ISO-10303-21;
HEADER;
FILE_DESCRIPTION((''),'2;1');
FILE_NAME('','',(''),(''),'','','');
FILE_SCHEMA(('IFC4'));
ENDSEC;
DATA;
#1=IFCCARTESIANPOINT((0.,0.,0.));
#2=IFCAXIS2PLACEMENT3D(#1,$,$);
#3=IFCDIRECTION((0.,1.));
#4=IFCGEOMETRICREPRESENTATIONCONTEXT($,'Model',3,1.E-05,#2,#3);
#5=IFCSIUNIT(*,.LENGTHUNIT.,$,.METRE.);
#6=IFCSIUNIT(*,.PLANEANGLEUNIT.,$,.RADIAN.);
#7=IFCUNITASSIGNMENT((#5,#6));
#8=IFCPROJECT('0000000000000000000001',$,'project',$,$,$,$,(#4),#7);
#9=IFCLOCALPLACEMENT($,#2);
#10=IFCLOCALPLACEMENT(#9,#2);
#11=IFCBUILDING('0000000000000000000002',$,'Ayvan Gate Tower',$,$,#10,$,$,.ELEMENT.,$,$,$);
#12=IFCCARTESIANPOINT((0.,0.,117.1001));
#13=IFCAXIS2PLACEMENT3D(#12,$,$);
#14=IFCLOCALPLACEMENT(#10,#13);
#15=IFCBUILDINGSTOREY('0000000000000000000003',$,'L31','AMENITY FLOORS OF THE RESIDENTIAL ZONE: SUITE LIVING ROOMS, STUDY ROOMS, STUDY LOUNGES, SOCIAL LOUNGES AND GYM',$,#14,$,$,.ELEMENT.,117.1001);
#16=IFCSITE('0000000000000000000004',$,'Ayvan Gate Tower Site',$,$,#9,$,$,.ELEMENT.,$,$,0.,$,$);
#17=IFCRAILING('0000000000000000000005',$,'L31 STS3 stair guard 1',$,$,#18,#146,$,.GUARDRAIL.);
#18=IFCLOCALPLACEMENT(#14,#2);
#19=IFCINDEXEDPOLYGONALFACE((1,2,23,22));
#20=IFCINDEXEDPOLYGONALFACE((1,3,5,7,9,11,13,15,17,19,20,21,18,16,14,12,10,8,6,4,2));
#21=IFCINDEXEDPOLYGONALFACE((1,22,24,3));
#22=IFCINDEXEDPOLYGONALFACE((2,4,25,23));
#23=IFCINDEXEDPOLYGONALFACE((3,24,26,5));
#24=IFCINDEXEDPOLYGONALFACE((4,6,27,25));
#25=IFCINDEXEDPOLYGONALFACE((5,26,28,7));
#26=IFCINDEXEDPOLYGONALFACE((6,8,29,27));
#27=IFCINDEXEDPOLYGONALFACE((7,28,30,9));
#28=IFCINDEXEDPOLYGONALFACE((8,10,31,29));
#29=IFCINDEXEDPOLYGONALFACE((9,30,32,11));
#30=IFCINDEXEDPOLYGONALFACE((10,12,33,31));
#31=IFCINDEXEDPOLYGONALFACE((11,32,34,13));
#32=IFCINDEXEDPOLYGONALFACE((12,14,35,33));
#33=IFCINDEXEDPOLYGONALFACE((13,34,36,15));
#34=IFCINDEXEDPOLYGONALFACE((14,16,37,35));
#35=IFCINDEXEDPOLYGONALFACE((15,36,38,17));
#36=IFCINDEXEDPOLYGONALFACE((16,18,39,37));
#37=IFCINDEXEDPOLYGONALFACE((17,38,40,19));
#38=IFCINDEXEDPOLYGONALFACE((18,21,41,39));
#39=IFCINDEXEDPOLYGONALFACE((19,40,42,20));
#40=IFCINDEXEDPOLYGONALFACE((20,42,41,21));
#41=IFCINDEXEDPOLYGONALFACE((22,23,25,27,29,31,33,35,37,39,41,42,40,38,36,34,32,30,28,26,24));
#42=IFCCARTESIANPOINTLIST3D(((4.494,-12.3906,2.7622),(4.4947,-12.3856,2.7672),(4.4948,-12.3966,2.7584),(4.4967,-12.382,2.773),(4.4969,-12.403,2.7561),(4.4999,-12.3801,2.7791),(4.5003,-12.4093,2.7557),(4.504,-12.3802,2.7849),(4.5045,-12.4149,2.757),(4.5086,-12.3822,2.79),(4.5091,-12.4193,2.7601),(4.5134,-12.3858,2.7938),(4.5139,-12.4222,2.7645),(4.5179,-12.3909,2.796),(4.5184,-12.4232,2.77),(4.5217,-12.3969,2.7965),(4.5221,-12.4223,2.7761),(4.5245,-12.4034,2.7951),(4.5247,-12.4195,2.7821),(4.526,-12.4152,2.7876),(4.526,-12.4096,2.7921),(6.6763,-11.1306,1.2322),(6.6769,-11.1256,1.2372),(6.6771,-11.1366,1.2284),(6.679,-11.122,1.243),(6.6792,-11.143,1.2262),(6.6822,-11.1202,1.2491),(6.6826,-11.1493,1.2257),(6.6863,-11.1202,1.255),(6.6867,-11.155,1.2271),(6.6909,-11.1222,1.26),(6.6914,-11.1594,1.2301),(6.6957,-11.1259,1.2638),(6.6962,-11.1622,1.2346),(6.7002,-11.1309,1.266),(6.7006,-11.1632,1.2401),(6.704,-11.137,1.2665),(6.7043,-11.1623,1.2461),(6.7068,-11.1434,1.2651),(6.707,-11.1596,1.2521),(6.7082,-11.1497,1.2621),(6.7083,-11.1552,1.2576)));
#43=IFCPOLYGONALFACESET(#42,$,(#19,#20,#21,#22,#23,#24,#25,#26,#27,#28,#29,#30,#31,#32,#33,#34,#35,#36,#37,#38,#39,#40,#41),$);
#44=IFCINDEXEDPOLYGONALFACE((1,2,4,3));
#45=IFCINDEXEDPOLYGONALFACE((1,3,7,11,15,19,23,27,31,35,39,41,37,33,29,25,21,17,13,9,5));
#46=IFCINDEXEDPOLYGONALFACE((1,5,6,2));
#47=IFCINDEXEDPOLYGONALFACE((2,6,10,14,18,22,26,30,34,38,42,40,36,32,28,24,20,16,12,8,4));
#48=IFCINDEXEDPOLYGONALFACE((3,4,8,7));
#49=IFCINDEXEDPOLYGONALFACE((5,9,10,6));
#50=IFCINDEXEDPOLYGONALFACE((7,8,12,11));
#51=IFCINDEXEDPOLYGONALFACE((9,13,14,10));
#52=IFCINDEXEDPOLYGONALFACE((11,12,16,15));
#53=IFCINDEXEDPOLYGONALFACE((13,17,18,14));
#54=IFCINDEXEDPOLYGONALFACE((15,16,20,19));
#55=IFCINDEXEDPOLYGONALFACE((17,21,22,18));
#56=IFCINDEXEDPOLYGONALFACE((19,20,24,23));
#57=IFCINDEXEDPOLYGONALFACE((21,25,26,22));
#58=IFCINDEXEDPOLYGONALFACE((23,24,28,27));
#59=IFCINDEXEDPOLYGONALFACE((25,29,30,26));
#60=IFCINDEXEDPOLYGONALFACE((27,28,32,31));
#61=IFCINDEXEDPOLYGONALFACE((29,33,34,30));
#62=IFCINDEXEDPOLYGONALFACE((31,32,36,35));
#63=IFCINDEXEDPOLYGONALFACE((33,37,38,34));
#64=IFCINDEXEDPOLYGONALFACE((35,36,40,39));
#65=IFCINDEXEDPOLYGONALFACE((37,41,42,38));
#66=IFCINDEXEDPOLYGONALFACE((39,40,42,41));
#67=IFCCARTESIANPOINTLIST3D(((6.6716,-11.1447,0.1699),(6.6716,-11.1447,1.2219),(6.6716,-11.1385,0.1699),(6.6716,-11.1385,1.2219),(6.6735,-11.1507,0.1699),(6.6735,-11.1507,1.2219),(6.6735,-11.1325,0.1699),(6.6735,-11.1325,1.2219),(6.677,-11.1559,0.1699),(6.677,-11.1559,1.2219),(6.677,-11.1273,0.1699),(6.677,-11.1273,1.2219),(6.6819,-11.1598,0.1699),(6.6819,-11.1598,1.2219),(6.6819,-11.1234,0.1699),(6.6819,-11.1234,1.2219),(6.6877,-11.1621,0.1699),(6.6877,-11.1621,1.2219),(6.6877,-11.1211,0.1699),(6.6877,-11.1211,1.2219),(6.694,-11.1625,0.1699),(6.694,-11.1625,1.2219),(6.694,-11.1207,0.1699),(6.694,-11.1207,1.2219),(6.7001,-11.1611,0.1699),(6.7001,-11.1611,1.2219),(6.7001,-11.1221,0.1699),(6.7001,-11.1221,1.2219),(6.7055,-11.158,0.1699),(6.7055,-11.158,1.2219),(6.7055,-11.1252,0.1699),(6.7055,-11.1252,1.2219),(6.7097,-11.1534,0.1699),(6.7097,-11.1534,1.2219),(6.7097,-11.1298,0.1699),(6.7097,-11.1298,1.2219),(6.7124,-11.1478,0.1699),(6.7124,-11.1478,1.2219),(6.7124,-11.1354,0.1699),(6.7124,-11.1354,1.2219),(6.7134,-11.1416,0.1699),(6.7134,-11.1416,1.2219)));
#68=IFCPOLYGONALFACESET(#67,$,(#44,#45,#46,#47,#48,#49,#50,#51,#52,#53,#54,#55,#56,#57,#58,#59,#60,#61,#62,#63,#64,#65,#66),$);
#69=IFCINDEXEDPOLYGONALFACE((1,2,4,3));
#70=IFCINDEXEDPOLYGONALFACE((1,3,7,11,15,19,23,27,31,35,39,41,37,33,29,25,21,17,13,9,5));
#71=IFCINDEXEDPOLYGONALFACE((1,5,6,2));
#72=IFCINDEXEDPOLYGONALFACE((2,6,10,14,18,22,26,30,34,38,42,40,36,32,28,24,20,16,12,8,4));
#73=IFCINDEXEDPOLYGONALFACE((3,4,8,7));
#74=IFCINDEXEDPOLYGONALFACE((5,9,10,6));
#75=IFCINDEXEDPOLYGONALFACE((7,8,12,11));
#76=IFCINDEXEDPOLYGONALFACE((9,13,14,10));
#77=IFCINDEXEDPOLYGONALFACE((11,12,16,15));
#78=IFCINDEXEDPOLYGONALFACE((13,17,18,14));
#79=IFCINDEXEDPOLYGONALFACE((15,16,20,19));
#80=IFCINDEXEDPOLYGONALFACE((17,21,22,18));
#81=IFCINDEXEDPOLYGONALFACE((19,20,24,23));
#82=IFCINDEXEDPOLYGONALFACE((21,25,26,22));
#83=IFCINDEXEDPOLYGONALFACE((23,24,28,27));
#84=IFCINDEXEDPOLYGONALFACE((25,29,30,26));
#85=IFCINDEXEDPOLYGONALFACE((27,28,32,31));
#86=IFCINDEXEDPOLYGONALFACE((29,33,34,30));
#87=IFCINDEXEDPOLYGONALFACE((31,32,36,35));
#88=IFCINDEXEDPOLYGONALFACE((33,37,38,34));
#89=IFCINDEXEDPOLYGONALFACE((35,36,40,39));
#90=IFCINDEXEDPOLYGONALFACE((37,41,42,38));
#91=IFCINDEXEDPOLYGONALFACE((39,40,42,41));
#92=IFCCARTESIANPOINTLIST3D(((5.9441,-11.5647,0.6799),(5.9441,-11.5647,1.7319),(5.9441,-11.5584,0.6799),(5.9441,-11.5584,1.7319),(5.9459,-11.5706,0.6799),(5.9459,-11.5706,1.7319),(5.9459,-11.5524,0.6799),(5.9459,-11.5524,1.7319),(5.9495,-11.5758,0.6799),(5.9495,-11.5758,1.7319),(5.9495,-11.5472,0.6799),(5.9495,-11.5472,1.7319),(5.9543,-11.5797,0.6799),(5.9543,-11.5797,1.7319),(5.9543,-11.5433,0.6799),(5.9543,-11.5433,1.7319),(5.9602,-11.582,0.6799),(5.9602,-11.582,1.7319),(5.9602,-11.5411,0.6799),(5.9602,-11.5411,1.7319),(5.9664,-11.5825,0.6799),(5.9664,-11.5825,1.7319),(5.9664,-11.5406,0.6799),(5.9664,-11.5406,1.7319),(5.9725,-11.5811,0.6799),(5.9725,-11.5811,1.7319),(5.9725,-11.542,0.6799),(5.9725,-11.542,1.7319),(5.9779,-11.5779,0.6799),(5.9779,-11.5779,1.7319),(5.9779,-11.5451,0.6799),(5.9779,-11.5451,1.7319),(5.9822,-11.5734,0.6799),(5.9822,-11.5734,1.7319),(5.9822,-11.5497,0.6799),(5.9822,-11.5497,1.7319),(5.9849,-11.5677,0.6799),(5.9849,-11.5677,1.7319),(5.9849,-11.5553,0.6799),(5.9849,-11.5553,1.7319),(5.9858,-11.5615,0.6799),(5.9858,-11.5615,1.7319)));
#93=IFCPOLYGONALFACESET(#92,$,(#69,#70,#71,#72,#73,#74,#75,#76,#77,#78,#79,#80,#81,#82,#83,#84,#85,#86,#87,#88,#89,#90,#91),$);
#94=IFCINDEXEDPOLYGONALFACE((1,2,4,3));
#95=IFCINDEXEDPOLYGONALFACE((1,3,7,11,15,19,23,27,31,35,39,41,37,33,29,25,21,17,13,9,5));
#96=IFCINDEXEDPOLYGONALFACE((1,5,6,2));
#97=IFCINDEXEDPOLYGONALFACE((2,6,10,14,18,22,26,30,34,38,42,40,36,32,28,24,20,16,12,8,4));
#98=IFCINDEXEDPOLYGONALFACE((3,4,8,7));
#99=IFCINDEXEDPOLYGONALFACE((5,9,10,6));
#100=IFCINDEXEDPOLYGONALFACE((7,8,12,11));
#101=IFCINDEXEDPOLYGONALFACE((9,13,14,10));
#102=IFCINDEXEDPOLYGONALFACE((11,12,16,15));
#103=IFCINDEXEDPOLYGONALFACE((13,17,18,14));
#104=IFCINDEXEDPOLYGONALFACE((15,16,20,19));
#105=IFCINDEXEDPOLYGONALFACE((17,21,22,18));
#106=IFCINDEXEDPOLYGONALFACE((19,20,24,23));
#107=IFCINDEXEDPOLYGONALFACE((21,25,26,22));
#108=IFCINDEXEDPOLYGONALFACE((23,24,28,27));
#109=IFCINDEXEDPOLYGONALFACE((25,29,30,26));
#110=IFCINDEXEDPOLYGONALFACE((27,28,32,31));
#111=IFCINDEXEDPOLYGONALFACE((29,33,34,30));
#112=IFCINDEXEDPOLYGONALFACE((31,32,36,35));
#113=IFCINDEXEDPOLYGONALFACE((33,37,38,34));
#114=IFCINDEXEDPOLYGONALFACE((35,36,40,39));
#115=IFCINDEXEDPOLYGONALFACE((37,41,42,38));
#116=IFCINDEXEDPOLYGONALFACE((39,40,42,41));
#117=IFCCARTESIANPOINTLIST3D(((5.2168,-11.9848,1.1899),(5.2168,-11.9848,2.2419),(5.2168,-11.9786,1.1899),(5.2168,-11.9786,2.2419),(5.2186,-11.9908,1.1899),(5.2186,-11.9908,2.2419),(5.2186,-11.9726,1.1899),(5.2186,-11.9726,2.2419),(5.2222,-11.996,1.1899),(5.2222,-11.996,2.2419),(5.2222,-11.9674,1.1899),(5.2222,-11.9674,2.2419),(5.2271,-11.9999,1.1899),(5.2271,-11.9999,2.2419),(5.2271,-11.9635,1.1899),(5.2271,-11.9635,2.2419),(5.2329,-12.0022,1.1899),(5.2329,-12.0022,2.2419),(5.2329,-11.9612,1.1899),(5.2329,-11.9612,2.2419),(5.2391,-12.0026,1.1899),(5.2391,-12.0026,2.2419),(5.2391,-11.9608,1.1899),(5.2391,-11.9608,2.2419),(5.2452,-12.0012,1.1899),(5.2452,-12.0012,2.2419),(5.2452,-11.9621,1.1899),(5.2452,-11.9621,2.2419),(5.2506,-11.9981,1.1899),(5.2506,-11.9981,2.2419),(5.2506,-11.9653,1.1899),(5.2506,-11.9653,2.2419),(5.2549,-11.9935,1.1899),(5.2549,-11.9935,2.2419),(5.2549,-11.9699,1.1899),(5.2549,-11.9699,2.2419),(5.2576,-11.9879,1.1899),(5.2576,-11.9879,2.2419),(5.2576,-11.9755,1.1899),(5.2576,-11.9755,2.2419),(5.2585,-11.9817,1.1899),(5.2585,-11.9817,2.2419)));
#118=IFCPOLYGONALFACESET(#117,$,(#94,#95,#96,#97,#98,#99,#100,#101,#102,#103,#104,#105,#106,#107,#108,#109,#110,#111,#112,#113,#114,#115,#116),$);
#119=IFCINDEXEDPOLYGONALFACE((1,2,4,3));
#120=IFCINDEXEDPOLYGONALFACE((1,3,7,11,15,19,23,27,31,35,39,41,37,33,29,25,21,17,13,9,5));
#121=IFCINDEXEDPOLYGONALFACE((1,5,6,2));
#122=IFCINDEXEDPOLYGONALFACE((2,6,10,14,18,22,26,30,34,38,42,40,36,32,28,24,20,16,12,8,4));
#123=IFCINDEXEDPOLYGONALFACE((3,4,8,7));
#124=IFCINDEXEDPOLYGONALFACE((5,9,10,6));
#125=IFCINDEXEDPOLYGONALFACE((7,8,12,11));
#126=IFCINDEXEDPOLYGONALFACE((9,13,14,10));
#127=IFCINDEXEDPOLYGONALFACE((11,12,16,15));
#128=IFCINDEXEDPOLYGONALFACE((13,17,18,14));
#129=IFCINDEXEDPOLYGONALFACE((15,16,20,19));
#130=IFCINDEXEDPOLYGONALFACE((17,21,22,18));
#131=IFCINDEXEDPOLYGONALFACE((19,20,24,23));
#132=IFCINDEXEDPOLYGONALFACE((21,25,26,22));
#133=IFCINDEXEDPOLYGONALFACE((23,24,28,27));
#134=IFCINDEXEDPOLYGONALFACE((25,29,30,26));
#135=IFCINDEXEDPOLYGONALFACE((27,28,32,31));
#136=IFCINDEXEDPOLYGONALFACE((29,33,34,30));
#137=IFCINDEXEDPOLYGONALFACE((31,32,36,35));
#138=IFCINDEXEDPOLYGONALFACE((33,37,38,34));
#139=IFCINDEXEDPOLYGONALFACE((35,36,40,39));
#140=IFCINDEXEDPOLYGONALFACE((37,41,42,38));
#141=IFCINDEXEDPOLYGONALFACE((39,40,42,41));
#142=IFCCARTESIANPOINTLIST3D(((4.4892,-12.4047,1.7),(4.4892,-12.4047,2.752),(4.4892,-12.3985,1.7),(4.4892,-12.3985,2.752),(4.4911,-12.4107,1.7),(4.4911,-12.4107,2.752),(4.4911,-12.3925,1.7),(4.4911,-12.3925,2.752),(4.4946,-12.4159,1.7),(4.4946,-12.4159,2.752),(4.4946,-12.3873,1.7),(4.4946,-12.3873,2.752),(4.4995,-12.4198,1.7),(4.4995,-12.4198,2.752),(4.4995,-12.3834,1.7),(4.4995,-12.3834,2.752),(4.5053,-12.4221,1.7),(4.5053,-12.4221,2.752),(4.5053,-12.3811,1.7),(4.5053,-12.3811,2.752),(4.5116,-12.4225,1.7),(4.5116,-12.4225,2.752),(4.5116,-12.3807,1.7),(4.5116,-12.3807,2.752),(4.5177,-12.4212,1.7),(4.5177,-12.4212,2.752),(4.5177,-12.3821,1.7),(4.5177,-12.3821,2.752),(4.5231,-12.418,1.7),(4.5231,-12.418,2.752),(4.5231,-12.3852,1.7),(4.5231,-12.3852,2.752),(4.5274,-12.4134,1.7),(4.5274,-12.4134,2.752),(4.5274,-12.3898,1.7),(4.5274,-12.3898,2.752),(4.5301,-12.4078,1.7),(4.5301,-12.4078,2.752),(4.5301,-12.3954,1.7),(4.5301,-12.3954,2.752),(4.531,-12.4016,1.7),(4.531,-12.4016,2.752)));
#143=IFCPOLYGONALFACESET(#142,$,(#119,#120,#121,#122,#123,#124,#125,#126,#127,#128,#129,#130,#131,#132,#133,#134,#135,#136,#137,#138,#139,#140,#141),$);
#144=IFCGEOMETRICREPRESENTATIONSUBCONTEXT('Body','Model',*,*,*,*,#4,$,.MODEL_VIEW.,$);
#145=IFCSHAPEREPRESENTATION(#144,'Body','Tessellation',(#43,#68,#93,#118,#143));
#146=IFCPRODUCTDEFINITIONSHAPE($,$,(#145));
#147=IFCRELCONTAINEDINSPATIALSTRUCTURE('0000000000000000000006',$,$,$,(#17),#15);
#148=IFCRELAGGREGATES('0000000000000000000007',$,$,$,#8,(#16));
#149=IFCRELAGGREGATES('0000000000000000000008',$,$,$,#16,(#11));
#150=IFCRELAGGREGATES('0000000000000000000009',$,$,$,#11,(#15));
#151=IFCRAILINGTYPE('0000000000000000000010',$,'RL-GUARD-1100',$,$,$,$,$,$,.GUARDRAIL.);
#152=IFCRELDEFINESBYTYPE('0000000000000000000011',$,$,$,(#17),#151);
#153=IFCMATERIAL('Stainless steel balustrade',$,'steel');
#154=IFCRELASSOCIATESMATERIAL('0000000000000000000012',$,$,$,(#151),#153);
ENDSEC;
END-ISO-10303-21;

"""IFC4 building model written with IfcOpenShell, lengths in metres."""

from ifc_helpers import new_model, si_unit, direction, frame, origin, origin_2d, place, context, subcontext, project, spatial, circle, extrude, material, type_object, element, save


model = new_model("IFC4")

# Units and contexts
model_context = context("Model", 3, precision=1e-05, world=origin(), true_north=direction((0.0, 1.0)))
body_context = subcontext(model_context, "Body", "Model", "MODEL_VIEW")
ifc_project = project(units=[si_unit("LENGTHUNIT", "METRE"), si_unit("PLANEANGLEUNIT", "RADIAN")], contexts=[model_context])

# Site, building, storey
site_placement = place(None, origin())
site = spatial("IfcSite", under=ifc_project, at=site_placement, Name="Ayvan Gate Tower Site", CompositionType="ELEMENT", RefElevation=0.0)
building_placement = place(site_placement, origin())
building = spatial("IfcBuilding", under=site, at=building_placement, Name="Ayvan Gate Tower", CompositionType="ELEMENT")
storey_placement = place(building_placement, frame((0.0, 0.0, 117.1001)))
storey = spatial("IfcBuildingStorey", under=building, at=storey_placement, Name="L31", Description="AMENITY FLOORS OF THE RESIDENTIAL ZONE: SUITE LIVING ROOMS, STUDY ROOMS, STUDY LOUNGES, SOCIAL LOUNGES AND GYM", CompositionType="ELEMENT", Elevation=117.1001)

# Railing
ifc_material_1 = material(Name="Stainless steel balustrade", Category="steel")
railing_type_1 = type_object("IfcRailingType", Name="RL-GUARD-1100", PredefinedType="GUARDRAIL", material=ifc_material_1)
railing_1_placement = place(storey_placement, frame((6.6924, -11.1416, 0.1699)))
element("IfcRailing", 1, at=railing_1_placement, inside=storey, type_object=railing_type_1, Name="L31 STS3 stair guard 1", PredefinedType="GUARDRAIL", context=body_context, shape_type="SweptSolid", body=[
    extrude(circle(Radius=0.0239, at=origin_2d()), frame((0.0, 0.0, 1.0762), z_axis=(-0.740261, -0.427395, 0.518986), x_axis=(0.500005, -0.866023, 0.0)), (0.0, 0.0, 1.0), 2.948),
    extrude(circle(Radius=0.021, at=origin_2d()), origin(), (0.0, 0.0, 1.0), 1.052),
    extrude(circle(Radius=0.021, at=origin_2d()), frame((-0.7275, -0.4199, 0.51)), (0.0, 0.0, 1.0), 1.052),
    extrude(circle(Radius=0.021, at=origin_2d()), frame((-1.4548, -0.8401, 1.02)), (0.0, 0.0, 1.0), 1.052),
    extrude(circle(Radius=0.021, at=origin_2d()), frame((-2.1824, -1.26, 1.53)), (0.0, 0.0, 1.0), 1.052),
])

save(model, "model.ifc")
